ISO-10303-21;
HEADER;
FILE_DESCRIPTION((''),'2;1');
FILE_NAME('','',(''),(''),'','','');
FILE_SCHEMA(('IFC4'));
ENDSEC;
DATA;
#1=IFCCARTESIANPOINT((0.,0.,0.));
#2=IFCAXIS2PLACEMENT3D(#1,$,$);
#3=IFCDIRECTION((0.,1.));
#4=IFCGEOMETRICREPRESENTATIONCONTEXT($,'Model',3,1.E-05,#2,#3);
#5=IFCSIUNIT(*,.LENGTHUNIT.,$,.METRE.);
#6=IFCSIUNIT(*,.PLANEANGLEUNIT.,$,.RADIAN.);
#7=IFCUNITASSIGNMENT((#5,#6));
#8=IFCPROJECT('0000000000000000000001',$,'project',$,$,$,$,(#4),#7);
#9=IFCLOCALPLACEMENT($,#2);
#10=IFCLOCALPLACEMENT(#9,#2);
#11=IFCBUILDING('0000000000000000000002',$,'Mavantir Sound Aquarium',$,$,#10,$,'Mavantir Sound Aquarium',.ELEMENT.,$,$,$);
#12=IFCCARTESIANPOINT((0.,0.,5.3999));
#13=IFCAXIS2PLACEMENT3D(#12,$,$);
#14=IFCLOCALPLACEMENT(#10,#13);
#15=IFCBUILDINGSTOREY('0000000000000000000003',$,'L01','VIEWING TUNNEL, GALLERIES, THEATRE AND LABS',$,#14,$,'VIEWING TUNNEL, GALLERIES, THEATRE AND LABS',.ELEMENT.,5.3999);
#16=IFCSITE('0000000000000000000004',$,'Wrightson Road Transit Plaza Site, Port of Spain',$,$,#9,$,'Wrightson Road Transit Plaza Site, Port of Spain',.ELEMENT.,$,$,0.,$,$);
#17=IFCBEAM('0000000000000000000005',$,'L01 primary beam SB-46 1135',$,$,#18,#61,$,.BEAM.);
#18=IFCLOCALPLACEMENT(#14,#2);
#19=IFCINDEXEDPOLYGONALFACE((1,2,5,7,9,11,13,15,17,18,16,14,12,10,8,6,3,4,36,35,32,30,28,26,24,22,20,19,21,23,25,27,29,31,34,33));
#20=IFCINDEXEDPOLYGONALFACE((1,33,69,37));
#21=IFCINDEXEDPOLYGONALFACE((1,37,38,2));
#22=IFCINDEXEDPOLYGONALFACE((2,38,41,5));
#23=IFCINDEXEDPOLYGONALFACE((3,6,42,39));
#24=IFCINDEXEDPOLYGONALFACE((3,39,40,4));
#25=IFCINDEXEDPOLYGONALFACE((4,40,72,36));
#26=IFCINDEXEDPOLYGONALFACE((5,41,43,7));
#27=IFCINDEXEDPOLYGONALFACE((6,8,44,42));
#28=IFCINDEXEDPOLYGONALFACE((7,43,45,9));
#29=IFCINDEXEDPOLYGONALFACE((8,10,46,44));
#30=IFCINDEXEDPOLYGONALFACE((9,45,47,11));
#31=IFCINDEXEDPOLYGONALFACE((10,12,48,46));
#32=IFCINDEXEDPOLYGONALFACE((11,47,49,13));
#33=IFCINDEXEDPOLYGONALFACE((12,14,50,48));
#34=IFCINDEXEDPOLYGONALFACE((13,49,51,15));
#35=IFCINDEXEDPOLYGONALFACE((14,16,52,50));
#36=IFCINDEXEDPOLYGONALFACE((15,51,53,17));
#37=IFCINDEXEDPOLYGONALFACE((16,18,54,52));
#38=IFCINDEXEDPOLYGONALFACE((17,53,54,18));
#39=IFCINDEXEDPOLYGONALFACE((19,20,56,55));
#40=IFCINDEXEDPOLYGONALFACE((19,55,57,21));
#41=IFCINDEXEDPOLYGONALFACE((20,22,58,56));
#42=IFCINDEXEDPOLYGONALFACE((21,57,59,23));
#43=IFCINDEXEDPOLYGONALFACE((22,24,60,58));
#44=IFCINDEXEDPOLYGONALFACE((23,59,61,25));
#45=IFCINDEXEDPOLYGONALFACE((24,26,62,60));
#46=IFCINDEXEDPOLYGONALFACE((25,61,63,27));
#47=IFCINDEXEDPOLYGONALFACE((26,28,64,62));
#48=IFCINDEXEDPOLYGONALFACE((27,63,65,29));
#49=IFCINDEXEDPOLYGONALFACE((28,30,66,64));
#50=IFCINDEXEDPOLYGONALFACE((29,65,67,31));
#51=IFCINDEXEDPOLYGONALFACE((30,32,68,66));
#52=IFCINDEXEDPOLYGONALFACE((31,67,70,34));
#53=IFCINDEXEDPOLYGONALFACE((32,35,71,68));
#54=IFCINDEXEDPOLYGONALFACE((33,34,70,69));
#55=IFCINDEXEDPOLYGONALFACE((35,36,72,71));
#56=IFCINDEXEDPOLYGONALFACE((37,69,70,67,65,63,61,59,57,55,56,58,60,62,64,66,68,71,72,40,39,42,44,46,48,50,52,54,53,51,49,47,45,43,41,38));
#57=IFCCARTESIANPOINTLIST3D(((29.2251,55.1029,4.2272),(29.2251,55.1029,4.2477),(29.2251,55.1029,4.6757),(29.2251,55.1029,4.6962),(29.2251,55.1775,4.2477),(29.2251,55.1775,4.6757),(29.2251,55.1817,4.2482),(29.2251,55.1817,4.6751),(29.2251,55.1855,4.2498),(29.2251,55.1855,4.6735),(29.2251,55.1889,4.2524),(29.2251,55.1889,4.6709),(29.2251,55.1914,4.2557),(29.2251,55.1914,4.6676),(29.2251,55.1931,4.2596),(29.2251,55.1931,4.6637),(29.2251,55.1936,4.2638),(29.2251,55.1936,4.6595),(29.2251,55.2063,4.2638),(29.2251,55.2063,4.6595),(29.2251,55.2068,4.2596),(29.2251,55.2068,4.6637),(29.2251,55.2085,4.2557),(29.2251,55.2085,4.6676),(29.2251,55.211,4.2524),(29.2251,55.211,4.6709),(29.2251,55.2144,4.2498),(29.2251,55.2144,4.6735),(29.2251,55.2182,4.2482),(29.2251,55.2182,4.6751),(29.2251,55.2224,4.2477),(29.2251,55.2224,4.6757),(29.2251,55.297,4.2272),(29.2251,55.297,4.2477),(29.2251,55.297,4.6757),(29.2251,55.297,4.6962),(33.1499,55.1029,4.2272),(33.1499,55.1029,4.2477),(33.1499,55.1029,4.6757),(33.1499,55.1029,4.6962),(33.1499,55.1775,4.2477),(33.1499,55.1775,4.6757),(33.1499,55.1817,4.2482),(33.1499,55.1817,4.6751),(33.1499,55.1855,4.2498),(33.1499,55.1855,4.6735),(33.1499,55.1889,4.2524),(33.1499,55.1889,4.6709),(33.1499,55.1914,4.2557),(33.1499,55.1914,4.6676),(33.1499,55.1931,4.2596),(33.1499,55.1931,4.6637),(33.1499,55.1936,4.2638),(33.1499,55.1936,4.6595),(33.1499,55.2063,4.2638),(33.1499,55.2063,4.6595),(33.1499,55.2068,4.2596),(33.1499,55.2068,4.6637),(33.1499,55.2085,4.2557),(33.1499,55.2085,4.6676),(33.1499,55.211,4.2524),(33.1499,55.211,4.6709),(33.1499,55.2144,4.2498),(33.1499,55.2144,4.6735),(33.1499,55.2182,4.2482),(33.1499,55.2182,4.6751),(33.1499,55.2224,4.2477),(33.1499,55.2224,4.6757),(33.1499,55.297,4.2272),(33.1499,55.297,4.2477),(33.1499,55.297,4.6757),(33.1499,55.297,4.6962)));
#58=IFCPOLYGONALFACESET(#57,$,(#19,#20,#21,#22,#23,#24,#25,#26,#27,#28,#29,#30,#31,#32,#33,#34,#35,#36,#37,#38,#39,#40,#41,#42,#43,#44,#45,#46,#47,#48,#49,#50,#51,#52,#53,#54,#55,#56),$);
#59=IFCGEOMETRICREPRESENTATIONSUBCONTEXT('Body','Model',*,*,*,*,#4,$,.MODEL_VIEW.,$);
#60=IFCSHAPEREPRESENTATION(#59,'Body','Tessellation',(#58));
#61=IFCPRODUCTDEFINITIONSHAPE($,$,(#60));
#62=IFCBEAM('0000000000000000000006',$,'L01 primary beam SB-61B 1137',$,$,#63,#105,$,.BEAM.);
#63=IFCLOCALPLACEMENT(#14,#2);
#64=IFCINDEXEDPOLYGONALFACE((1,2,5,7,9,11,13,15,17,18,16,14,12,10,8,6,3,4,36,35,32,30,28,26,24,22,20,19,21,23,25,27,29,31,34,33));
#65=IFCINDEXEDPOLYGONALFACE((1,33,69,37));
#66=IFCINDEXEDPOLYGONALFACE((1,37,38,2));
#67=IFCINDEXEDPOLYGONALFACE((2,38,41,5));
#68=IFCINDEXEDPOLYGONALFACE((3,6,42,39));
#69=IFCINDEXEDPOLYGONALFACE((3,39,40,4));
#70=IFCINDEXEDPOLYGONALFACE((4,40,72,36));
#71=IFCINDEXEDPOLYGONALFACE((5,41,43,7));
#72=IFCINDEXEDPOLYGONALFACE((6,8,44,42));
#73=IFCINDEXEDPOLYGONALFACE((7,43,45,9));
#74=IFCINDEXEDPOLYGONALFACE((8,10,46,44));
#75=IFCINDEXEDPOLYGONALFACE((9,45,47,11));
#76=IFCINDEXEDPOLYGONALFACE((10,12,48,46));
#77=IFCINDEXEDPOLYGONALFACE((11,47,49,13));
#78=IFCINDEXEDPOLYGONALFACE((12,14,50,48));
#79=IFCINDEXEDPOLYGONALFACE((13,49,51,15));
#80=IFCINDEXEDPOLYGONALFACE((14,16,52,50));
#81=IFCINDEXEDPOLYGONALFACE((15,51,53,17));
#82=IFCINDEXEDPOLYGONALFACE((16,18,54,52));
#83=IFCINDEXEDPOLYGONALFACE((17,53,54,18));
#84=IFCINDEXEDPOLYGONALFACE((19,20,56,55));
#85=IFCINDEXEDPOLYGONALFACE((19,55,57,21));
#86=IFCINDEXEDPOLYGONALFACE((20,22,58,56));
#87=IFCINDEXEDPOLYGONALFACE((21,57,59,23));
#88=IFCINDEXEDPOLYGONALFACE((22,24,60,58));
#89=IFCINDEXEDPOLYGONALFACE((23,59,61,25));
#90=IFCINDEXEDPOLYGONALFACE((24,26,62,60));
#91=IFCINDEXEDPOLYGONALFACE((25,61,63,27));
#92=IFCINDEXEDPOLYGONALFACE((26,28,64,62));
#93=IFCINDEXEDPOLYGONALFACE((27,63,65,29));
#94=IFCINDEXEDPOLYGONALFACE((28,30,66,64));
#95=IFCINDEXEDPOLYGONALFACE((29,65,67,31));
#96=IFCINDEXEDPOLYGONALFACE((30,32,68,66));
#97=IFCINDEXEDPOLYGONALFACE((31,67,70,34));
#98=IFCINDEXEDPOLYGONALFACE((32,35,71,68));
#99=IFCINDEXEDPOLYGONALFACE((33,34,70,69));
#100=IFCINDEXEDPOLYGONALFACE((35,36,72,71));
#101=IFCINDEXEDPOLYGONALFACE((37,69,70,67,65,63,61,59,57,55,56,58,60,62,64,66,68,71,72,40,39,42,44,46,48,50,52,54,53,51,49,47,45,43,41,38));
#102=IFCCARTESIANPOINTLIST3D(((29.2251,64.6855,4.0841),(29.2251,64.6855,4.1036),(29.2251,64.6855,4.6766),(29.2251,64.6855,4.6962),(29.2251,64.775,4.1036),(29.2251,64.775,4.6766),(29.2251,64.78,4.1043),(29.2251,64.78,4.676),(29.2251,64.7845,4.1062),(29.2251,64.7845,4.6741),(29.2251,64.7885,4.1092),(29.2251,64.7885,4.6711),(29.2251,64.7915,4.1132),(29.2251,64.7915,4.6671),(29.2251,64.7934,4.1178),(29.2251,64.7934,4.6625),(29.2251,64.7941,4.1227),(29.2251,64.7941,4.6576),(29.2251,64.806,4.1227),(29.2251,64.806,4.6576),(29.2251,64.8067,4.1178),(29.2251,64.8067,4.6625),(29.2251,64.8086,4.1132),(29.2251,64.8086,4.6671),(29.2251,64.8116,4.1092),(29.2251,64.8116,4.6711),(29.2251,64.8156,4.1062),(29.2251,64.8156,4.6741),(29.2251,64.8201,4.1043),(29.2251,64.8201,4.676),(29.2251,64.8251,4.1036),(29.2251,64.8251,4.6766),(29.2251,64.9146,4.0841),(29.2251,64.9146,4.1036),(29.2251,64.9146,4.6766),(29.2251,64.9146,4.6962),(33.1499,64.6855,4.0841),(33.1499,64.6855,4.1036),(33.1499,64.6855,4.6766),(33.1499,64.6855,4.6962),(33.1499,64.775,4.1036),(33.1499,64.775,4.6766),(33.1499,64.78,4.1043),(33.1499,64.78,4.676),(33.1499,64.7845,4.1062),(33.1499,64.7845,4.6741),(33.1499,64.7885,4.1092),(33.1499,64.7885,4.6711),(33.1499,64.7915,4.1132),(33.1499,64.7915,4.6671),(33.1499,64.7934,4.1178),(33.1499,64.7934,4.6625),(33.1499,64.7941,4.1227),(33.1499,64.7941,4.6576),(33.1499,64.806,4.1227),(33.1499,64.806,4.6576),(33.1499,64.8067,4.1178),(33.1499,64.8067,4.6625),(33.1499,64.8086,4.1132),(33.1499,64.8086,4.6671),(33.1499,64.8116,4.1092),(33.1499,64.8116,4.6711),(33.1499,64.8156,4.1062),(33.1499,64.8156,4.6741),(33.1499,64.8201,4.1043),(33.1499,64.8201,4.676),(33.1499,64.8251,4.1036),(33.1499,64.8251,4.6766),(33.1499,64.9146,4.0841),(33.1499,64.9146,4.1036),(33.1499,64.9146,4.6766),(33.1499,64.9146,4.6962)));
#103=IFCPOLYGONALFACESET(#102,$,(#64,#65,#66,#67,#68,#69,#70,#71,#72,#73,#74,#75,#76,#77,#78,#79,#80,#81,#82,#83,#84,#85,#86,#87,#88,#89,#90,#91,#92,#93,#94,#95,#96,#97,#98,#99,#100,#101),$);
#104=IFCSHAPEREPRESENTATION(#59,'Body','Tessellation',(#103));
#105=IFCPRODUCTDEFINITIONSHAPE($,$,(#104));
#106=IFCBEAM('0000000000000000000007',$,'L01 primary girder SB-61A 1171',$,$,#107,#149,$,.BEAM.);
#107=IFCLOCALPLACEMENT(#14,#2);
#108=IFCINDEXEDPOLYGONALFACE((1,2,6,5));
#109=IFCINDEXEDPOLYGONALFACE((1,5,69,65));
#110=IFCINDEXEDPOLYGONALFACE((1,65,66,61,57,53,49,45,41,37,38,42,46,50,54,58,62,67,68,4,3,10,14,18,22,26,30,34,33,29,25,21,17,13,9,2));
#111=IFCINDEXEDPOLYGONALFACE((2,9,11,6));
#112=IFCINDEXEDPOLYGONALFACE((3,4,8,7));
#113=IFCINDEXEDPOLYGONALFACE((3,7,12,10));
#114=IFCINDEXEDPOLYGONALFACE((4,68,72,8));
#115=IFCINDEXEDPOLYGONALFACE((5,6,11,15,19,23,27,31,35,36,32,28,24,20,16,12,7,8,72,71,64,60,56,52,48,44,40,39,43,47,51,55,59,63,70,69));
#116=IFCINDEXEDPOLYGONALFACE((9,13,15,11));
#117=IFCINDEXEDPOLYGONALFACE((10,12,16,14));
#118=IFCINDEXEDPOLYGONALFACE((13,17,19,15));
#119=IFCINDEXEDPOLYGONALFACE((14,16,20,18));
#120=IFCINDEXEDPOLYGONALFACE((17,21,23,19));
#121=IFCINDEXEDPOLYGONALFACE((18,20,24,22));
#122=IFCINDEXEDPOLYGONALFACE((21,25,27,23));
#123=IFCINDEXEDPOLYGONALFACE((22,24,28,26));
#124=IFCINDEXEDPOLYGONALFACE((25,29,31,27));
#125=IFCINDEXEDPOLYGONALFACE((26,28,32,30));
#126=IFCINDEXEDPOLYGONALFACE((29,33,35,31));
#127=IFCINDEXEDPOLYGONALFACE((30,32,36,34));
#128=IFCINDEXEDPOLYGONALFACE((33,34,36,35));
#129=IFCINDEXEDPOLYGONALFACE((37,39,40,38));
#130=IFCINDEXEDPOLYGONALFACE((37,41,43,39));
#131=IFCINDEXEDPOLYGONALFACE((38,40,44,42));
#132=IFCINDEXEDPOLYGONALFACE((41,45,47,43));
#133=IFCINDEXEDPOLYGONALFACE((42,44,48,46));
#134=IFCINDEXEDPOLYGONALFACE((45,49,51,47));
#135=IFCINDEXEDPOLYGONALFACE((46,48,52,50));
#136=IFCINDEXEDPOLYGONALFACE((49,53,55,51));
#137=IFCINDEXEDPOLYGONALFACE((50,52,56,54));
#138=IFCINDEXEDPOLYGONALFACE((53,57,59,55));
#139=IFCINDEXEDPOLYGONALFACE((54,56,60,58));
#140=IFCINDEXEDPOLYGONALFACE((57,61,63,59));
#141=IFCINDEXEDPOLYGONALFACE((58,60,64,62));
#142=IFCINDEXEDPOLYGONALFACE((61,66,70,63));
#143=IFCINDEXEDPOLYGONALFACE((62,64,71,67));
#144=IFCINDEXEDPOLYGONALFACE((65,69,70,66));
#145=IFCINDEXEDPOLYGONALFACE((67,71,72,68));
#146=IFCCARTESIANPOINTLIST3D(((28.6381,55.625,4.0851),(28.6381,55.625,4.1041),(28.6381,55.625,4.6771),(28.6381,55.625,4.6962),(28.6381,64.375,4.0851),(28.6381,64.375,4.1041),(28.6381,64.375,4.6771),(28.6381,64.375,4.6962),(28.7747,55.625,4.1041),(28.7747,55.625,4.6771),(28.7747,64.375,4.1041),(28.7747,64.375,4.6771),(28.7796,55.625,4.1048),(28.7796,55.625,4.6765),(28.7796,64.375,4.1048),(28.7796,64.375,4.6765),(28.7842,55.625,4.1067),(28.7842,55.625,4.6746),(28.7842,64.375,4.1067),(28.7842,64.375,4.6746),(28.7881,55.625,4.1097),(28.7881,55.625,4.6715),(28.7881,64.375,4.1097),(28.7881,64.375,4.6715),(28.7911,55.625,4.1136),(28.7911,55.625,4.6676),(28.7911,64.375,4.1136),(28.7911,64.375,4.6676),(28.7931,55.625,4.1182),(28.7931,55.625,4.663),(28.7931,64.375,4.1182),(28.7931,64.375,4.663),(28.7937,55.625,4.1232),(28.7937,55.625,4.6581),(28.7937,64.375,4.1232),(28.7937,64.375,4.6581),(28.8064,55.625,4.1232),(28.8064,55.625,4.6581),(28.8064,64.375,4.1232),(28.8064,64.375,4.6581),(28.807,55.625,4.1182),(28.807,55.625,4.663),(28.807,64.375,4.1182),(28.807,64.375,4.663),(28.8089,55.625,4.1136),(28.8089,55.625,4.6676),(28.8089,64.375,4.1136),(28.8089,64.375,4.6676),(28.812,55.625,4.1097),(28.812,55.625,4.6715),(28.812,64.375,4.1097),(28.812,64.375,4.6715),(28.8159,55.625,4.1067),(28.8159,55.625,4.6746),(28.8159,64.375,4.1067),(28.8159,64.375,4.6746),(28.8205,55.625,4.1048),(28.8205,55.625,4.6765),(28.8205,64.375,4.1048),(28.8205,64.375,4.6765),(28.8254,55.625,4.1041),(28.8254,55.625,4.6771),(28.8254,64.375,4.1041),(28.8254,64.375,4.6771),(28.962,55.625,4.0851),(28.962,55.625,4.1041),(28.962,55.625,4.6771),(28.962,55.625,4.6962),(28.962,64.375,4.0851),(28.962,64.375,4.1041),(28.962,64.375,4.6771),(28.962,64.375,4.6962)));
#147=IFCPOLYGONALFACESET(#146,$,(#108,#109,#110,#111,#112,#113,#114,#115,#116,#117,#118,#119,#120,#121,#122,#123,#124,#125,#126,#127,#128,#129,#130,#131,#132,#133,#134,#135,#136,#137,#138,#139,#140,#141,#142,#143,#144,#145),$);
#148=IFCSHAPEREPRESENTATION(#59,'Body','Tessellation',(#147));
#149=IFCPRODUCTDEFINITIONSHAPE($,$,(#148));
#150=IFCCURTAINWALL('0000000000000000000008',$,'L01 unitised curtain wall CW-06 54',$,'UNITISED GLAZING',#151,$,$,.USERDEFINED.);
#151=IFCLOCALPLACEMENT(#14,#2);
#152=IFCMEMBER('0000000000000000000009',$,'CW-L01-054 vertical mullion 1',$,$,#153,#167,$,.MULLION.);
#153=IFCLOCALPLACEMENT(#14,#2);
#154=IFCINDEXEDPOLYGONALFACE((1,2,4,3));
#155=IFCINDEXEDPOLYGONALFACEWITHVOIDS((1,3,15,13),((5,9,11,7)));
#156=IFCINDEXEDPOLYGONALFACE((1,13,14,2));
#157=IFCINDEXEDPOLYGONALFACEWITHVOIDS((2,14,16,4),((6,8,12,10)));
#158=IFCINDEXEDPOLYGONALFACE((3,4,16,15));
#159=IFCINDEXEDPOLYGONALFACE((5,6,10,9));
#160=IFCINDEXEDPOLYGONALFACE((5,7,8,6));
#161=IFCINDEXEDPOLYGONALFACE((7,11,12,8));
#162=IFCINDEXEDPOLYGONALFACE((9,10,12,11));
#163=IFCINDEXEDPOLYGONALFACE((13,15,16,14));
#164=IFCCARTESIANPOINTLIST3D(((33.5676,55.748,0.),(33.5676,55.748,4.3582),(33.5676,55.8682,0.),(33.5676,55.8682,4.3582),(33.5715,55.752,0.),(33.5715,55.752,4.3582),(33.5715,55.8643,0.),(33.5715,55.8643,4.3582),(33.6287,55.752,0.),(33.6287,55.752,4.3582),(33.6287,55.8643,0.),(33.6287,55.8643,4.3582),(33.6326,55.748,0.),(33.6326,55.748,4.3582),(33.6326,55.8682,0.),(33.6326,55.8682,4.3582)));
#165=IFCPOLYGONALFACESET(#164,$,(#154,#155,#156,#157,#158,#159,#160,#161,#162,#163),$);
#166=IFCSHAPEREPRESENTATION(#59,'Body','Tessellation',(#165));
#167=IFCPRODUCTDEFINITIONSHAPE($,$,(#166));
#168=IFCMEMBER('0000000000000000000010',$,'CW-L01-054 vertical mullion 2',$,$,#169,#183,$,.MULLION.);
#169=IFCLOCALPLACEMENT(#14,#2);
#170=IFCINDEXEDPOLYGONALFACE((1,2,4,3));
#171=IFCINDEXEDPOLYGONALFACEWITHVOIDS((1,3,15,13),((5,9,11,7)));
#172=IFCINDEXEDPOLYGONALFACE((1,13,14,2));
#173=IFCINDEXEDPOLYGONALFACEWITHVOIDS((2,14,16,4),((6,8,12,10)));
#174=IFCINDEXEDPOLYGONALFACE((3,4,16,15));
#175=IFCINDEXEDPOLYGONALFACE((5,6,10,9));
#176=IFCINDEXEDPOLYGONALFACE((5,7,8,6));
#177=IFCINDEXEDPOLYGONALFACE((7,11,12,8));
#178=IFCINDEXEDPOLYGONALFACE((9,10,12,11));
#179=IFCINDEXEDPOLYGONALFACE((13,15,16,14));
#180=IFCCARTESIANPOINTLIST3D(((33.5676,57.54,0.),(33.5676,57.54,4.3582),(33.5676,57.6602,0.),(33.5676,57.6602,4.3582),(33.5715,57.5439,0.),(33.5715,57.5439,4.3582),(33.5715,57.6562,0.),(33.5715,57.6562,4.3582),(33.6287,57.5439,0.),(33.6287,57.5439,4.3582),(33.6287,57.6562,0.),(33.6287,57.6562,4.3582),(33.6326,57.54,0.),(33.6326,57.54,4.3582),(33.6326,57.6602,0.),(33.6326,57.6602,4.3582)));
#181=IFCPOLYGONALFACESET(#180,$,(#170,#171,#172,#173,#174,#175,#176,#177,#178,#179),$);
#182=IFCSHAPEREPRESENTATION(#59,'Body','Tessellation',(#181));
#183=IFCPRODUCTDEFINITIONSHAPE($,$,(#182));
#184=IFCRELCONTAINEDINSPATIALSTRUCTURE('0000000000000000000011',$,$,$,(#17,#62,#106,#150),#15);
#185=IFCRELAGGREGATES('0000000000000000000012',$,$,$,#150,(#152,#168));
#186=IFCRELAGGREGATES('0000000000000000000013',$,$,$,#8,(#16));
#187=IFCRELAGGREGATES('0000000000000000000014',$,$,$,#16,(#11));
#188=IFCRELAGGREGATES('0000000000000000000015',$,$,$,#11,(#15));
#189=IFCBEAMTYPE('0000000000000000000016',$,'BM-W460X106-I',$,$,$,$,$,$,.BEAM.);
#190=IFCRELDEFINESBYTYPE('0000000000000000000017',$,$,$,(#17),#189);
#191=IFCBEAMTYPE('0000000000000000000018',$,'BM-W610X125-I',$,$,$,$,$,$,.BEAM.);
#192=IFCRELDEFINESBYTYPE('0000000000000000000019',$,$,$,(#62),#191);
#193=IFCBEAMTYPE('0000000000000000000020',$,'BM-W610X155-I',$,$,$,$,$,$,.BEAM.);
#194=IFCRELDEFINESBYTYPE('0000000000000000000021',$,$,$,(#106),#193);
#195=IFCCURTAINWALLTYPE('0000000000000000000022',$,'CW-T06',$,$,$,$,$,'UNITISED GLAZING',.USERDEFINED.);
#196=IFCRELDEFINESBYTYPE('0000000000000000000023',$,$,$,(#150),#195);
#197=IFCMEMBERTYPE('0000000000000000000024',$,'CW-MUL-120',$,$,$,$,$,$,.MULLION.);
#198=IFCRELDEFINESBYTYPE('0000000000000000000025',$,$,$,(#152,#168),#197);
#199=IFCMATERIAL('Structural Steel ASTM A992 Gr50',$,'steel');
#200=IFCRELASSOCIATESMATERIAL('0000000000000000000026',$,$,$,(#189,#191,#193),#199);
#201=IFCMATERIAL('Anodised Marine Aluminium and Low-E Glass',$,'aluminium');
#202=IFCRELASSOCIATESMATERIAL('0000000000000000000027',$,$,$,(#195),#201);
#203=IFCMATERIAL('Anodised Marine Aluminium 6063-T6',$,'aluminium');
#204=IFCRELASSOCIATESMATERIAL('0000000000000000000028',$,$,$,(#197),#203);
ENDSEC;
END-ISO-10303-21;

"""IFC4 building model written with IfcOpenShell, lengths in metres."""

from ifc_helpers import new_model, si_unit, direction, frame, origin, origin_2d, place, context, subcontext, project, spatial, hollow_rectangle, i_section, extrude, material, material_profile, profile_set, type_object, element, aggregate, save


model = new_model("IFC4")

# Units and contexts
model_context = context("Model", 3, precision=1e-05, world=origin(), true_north=direction((0.0, 1.0)))
body_context = subcontext(model_context, "Body", "Model", "MODEL_VIEW")
ifc_project = project(units=[si_unit("LENGTHUNIT", "METRE"), si_unit("PLANEANGLEUNIT", "RADIAN")], contexts=[model_context])

# Site, building, storey
site_placement = place(None, origin())
site = spatial("IfcSite", under=ifc_project, at=site_placement, Name="Wrightson Road Transit Plaza Site, Port of Spain", LongName="Wrightson Road Transit Plaza Site, Port of Spain", CompositionType="ELEMENT", RefElevation=0.0)
building_placement = place(site_placement, origin())
building = spatial("IfcBuilding", under=site, at=building_placement, Name="Mavantir Sound Aquarium", LongName="Mavantir Sound Aquarium", CompositionType="ELEMENT")
storey_placement = place(building_placement, frame((0.0, 0.0, 5.3999)))
storey = spatial("IfcBuildingStorey", under=building, at=storey_placement, Name="L01", Description="VIEWING TUNNEL, GALLERIES, THEATRE AND LABS", LongName="VIEWING TUNNEL, GALLERIES, THEATRE AND LABS", CompositionType="ELEMENT", Elevation=5.3999)

# Beams
ifc_material_1 = material(Name="Structural Steel ASTM A992 Gr50", Category="steel")
ifc_material_profile_1 = material_profile(ifc_material_1, i_section(OverallWidth=0.1941, OverallDepth=0.469, WebThickness=0.0127, FlangeThickness=0.0205, FilletRadius=0.0161, at=origin_2d()), Name="W460X106")
ifc_profile_set_1 = profile_set([ifc_material_profile_1], Name="Structural Steel ASTM A992 Gr50")
beam_type_1 = type_object("IfcBeamType", Name="BM-W460X106-I", PredefinedType="BEAM", material=ifc_profile_set_1)
beam_1_placement = place(storey_placement, frame((29.2251, 55.2, 4.4617), z_axis=(1.0, 0.0, 0.0), x_axis=(0.0, 1.0, 0.0)))
element("IfcBeam", 1, at=beam_1_placement, inside=storey, type_object=beam_type_1, Name="L01 primary beam SB-46 1135", PredefinedType="BEAM", context=body_context, shape_type="SweptSolid", body=[
    extrude(i_section(OverallWidth=0.1941, OverallDepth=0.469, WebThickness=0.0127, FlangeThickness=0.0205, FilletRadius=0.0161, at=origin_2d()), origin(), (0.0, 0.0, 1.0), 3.9248),
])
ifc_material_profile_2 = material_profile(ifc_material_1, i_section(OverallWidth=0.229, OverallDepth=0.6121, WebThickness=0.012, FlangeThickness=0.0195, FilletRadius=0.019, at=origin_2d()), Name="W610X125")
ifc_profile_set_2 = profile_set([ifc_material_profile_2], Name="Structural Steel ASTM A992 Gr50")
beam_type_2 = type_object("IfcBeamType", Name="BM-W610X125-I", PredefinedType="BEAM", material=ifc_profile_set_2)
beam_2_placement = place(storey_placement, frame((29.2251, 64.8, 4.3901), z_axis=(1.0, 0.0, 0.0), x_axis=(0.0, 1.0, 0.0)))
element("IfcBeam", 2, at=beam_2_placement, inside=storey, type_object=beam_type_2, Name="L01 primary beam SB-61B 1137", PredefinedType="BEAM", context=body_context, shape_type="SweptSolid", body=[
    extrude(i_section(OverallWidth=0.229, OverallDepth=0.6121, WebThickness=0.012, FlangeThickness=0.0195, FilletRadius=0.019, at=origin_2d()), origin(), (0.0, 0.0, 1.0), 3.9248),
])
ifc_material_profile_3 = material_profile(ifc_material_1, i_section(OverallWidth=0.324, OverallDepth=0.6111, WebThickness=0.0127, FlangeThickness=0.019, FilletRadius=0.019, at=origin_2d()), Name="W610X155")
ifc_profile_set_3 = profile_set([ifc_material_profile_3], Name="Structural Steel ASTM A992 Gr50")
beam_type_3 = type_object("IfcBeamType", Name="BM-W610X155-I", PredefinedType="BEAM", material=ifc_profile_set_3)
beam_3_placement = place(storey_placement, frame((28.8, 55.625, 4.3906), z_axis=(0.0, 1.0, 0.0), x_axis=(-1.0, 0.0, 0.0)))
element("IfcBeam", 3, at=beam_3_placement, inside=storey, type_object=beam_type_3, Name="L01 primary girder SB-61A 1171", PredefinedType="BEAM", context=body_context, shape_type="SweptSolid", body=[
    extrude(i_section(OverallWidth=0.324, OverallDepth=0.6111, WebThickness=0.0127, FlangeThickness=0.019, FilletRadius=0.019, at=origin_2d()), origin(), (0.0, 0.0, 1.0), 8.75),
])

# Curtain wall, members
ifc_material_2 = material(Name="Anodised Marine Aluminium and Low-E Glass", Category="aluminium")
curtain_wall_type = type_object("IfcCurtainWallType", Name="CW-T06", ElementType="UNITISED GLAZING", PredefinedType="USERDEFINED", material=ifc_material_2)
curtain_wall_placement = place(storey_placement, origin())
curtain_wall = element("IfcCurtainWall", 4, at=curtain_wall_placement, inside=storey, type_object=curtain_wall_type, Name="L01 unitised curtain wall CW-06 54", ObjectType="UNITISED GLAZING", PredefinedType="USERDEFINED")
ifc_material_3 = material(Name="Anodised Marine Aluminium 6063-T6", Category="aluminium")
ifc_material_profile_4 = material_profile(ifc_material_3, hollow_rectangle(XDim=0.0649, YDim=0.1201, WallThickness=0.0039, at=origin_2d()), Name="ALU-MULLION-120X65")
ifc_profile_set_4 = profile_set([ifc_material_profile_4], Name="Anodised Marine Aluminium 6063-T6")
member_type_1 = type_object("IfcMemberType", Name="CW-MUL-120", PredefinedType="MULLION", material=ifc_profile_set_4)
member_1_placement = place(storey_placement, frame((33.6001, 55.8081, 0.0), z_axis=(0.0, 0.0, 1.0), x_axis=(1.0, 0.0, 0.0)))
member_1 = element("IfcMember", 5, at=member_1_placement, type_object=member_type_1, Name="CW-L01-054 vertical mullion 1", PredefinedType="MULLION", context=body_context, shape_type="SweptSolid", body=[
    extrude(hollow_rectangle(XDim=0.0649, YDim=0.1201, WallThickness=0.0039, at=origin_2d()), origin(), (0.0, 0.0, 1.0), 4.3582),
])
member_2_placement = place(storey_placement, frame((33.6001, 57.6001, 0.0), z_axis=(0.0, 0.0, 1.0), x_axis=(1.0, 0.0, 0.0)))
member_2 = element("IfcMember", 6, at=member_2_placement, type_object=member_type_1, Name="CW-L01-054 vertical mullion 2", PredefinedType="MULLION", context=body_context, shape_type="SweptSolid", body=[
    extrude(hollow_rectangle(XDim=0.0649, YDim=0.1201, WallThickness=0.0039, at=origin_2d()), origin(), (0.0, 0.0, 1.0), 4.3582),
])
aggregate(curtain_wall, [member_1, member_2])

save(model, "model.ifc")
